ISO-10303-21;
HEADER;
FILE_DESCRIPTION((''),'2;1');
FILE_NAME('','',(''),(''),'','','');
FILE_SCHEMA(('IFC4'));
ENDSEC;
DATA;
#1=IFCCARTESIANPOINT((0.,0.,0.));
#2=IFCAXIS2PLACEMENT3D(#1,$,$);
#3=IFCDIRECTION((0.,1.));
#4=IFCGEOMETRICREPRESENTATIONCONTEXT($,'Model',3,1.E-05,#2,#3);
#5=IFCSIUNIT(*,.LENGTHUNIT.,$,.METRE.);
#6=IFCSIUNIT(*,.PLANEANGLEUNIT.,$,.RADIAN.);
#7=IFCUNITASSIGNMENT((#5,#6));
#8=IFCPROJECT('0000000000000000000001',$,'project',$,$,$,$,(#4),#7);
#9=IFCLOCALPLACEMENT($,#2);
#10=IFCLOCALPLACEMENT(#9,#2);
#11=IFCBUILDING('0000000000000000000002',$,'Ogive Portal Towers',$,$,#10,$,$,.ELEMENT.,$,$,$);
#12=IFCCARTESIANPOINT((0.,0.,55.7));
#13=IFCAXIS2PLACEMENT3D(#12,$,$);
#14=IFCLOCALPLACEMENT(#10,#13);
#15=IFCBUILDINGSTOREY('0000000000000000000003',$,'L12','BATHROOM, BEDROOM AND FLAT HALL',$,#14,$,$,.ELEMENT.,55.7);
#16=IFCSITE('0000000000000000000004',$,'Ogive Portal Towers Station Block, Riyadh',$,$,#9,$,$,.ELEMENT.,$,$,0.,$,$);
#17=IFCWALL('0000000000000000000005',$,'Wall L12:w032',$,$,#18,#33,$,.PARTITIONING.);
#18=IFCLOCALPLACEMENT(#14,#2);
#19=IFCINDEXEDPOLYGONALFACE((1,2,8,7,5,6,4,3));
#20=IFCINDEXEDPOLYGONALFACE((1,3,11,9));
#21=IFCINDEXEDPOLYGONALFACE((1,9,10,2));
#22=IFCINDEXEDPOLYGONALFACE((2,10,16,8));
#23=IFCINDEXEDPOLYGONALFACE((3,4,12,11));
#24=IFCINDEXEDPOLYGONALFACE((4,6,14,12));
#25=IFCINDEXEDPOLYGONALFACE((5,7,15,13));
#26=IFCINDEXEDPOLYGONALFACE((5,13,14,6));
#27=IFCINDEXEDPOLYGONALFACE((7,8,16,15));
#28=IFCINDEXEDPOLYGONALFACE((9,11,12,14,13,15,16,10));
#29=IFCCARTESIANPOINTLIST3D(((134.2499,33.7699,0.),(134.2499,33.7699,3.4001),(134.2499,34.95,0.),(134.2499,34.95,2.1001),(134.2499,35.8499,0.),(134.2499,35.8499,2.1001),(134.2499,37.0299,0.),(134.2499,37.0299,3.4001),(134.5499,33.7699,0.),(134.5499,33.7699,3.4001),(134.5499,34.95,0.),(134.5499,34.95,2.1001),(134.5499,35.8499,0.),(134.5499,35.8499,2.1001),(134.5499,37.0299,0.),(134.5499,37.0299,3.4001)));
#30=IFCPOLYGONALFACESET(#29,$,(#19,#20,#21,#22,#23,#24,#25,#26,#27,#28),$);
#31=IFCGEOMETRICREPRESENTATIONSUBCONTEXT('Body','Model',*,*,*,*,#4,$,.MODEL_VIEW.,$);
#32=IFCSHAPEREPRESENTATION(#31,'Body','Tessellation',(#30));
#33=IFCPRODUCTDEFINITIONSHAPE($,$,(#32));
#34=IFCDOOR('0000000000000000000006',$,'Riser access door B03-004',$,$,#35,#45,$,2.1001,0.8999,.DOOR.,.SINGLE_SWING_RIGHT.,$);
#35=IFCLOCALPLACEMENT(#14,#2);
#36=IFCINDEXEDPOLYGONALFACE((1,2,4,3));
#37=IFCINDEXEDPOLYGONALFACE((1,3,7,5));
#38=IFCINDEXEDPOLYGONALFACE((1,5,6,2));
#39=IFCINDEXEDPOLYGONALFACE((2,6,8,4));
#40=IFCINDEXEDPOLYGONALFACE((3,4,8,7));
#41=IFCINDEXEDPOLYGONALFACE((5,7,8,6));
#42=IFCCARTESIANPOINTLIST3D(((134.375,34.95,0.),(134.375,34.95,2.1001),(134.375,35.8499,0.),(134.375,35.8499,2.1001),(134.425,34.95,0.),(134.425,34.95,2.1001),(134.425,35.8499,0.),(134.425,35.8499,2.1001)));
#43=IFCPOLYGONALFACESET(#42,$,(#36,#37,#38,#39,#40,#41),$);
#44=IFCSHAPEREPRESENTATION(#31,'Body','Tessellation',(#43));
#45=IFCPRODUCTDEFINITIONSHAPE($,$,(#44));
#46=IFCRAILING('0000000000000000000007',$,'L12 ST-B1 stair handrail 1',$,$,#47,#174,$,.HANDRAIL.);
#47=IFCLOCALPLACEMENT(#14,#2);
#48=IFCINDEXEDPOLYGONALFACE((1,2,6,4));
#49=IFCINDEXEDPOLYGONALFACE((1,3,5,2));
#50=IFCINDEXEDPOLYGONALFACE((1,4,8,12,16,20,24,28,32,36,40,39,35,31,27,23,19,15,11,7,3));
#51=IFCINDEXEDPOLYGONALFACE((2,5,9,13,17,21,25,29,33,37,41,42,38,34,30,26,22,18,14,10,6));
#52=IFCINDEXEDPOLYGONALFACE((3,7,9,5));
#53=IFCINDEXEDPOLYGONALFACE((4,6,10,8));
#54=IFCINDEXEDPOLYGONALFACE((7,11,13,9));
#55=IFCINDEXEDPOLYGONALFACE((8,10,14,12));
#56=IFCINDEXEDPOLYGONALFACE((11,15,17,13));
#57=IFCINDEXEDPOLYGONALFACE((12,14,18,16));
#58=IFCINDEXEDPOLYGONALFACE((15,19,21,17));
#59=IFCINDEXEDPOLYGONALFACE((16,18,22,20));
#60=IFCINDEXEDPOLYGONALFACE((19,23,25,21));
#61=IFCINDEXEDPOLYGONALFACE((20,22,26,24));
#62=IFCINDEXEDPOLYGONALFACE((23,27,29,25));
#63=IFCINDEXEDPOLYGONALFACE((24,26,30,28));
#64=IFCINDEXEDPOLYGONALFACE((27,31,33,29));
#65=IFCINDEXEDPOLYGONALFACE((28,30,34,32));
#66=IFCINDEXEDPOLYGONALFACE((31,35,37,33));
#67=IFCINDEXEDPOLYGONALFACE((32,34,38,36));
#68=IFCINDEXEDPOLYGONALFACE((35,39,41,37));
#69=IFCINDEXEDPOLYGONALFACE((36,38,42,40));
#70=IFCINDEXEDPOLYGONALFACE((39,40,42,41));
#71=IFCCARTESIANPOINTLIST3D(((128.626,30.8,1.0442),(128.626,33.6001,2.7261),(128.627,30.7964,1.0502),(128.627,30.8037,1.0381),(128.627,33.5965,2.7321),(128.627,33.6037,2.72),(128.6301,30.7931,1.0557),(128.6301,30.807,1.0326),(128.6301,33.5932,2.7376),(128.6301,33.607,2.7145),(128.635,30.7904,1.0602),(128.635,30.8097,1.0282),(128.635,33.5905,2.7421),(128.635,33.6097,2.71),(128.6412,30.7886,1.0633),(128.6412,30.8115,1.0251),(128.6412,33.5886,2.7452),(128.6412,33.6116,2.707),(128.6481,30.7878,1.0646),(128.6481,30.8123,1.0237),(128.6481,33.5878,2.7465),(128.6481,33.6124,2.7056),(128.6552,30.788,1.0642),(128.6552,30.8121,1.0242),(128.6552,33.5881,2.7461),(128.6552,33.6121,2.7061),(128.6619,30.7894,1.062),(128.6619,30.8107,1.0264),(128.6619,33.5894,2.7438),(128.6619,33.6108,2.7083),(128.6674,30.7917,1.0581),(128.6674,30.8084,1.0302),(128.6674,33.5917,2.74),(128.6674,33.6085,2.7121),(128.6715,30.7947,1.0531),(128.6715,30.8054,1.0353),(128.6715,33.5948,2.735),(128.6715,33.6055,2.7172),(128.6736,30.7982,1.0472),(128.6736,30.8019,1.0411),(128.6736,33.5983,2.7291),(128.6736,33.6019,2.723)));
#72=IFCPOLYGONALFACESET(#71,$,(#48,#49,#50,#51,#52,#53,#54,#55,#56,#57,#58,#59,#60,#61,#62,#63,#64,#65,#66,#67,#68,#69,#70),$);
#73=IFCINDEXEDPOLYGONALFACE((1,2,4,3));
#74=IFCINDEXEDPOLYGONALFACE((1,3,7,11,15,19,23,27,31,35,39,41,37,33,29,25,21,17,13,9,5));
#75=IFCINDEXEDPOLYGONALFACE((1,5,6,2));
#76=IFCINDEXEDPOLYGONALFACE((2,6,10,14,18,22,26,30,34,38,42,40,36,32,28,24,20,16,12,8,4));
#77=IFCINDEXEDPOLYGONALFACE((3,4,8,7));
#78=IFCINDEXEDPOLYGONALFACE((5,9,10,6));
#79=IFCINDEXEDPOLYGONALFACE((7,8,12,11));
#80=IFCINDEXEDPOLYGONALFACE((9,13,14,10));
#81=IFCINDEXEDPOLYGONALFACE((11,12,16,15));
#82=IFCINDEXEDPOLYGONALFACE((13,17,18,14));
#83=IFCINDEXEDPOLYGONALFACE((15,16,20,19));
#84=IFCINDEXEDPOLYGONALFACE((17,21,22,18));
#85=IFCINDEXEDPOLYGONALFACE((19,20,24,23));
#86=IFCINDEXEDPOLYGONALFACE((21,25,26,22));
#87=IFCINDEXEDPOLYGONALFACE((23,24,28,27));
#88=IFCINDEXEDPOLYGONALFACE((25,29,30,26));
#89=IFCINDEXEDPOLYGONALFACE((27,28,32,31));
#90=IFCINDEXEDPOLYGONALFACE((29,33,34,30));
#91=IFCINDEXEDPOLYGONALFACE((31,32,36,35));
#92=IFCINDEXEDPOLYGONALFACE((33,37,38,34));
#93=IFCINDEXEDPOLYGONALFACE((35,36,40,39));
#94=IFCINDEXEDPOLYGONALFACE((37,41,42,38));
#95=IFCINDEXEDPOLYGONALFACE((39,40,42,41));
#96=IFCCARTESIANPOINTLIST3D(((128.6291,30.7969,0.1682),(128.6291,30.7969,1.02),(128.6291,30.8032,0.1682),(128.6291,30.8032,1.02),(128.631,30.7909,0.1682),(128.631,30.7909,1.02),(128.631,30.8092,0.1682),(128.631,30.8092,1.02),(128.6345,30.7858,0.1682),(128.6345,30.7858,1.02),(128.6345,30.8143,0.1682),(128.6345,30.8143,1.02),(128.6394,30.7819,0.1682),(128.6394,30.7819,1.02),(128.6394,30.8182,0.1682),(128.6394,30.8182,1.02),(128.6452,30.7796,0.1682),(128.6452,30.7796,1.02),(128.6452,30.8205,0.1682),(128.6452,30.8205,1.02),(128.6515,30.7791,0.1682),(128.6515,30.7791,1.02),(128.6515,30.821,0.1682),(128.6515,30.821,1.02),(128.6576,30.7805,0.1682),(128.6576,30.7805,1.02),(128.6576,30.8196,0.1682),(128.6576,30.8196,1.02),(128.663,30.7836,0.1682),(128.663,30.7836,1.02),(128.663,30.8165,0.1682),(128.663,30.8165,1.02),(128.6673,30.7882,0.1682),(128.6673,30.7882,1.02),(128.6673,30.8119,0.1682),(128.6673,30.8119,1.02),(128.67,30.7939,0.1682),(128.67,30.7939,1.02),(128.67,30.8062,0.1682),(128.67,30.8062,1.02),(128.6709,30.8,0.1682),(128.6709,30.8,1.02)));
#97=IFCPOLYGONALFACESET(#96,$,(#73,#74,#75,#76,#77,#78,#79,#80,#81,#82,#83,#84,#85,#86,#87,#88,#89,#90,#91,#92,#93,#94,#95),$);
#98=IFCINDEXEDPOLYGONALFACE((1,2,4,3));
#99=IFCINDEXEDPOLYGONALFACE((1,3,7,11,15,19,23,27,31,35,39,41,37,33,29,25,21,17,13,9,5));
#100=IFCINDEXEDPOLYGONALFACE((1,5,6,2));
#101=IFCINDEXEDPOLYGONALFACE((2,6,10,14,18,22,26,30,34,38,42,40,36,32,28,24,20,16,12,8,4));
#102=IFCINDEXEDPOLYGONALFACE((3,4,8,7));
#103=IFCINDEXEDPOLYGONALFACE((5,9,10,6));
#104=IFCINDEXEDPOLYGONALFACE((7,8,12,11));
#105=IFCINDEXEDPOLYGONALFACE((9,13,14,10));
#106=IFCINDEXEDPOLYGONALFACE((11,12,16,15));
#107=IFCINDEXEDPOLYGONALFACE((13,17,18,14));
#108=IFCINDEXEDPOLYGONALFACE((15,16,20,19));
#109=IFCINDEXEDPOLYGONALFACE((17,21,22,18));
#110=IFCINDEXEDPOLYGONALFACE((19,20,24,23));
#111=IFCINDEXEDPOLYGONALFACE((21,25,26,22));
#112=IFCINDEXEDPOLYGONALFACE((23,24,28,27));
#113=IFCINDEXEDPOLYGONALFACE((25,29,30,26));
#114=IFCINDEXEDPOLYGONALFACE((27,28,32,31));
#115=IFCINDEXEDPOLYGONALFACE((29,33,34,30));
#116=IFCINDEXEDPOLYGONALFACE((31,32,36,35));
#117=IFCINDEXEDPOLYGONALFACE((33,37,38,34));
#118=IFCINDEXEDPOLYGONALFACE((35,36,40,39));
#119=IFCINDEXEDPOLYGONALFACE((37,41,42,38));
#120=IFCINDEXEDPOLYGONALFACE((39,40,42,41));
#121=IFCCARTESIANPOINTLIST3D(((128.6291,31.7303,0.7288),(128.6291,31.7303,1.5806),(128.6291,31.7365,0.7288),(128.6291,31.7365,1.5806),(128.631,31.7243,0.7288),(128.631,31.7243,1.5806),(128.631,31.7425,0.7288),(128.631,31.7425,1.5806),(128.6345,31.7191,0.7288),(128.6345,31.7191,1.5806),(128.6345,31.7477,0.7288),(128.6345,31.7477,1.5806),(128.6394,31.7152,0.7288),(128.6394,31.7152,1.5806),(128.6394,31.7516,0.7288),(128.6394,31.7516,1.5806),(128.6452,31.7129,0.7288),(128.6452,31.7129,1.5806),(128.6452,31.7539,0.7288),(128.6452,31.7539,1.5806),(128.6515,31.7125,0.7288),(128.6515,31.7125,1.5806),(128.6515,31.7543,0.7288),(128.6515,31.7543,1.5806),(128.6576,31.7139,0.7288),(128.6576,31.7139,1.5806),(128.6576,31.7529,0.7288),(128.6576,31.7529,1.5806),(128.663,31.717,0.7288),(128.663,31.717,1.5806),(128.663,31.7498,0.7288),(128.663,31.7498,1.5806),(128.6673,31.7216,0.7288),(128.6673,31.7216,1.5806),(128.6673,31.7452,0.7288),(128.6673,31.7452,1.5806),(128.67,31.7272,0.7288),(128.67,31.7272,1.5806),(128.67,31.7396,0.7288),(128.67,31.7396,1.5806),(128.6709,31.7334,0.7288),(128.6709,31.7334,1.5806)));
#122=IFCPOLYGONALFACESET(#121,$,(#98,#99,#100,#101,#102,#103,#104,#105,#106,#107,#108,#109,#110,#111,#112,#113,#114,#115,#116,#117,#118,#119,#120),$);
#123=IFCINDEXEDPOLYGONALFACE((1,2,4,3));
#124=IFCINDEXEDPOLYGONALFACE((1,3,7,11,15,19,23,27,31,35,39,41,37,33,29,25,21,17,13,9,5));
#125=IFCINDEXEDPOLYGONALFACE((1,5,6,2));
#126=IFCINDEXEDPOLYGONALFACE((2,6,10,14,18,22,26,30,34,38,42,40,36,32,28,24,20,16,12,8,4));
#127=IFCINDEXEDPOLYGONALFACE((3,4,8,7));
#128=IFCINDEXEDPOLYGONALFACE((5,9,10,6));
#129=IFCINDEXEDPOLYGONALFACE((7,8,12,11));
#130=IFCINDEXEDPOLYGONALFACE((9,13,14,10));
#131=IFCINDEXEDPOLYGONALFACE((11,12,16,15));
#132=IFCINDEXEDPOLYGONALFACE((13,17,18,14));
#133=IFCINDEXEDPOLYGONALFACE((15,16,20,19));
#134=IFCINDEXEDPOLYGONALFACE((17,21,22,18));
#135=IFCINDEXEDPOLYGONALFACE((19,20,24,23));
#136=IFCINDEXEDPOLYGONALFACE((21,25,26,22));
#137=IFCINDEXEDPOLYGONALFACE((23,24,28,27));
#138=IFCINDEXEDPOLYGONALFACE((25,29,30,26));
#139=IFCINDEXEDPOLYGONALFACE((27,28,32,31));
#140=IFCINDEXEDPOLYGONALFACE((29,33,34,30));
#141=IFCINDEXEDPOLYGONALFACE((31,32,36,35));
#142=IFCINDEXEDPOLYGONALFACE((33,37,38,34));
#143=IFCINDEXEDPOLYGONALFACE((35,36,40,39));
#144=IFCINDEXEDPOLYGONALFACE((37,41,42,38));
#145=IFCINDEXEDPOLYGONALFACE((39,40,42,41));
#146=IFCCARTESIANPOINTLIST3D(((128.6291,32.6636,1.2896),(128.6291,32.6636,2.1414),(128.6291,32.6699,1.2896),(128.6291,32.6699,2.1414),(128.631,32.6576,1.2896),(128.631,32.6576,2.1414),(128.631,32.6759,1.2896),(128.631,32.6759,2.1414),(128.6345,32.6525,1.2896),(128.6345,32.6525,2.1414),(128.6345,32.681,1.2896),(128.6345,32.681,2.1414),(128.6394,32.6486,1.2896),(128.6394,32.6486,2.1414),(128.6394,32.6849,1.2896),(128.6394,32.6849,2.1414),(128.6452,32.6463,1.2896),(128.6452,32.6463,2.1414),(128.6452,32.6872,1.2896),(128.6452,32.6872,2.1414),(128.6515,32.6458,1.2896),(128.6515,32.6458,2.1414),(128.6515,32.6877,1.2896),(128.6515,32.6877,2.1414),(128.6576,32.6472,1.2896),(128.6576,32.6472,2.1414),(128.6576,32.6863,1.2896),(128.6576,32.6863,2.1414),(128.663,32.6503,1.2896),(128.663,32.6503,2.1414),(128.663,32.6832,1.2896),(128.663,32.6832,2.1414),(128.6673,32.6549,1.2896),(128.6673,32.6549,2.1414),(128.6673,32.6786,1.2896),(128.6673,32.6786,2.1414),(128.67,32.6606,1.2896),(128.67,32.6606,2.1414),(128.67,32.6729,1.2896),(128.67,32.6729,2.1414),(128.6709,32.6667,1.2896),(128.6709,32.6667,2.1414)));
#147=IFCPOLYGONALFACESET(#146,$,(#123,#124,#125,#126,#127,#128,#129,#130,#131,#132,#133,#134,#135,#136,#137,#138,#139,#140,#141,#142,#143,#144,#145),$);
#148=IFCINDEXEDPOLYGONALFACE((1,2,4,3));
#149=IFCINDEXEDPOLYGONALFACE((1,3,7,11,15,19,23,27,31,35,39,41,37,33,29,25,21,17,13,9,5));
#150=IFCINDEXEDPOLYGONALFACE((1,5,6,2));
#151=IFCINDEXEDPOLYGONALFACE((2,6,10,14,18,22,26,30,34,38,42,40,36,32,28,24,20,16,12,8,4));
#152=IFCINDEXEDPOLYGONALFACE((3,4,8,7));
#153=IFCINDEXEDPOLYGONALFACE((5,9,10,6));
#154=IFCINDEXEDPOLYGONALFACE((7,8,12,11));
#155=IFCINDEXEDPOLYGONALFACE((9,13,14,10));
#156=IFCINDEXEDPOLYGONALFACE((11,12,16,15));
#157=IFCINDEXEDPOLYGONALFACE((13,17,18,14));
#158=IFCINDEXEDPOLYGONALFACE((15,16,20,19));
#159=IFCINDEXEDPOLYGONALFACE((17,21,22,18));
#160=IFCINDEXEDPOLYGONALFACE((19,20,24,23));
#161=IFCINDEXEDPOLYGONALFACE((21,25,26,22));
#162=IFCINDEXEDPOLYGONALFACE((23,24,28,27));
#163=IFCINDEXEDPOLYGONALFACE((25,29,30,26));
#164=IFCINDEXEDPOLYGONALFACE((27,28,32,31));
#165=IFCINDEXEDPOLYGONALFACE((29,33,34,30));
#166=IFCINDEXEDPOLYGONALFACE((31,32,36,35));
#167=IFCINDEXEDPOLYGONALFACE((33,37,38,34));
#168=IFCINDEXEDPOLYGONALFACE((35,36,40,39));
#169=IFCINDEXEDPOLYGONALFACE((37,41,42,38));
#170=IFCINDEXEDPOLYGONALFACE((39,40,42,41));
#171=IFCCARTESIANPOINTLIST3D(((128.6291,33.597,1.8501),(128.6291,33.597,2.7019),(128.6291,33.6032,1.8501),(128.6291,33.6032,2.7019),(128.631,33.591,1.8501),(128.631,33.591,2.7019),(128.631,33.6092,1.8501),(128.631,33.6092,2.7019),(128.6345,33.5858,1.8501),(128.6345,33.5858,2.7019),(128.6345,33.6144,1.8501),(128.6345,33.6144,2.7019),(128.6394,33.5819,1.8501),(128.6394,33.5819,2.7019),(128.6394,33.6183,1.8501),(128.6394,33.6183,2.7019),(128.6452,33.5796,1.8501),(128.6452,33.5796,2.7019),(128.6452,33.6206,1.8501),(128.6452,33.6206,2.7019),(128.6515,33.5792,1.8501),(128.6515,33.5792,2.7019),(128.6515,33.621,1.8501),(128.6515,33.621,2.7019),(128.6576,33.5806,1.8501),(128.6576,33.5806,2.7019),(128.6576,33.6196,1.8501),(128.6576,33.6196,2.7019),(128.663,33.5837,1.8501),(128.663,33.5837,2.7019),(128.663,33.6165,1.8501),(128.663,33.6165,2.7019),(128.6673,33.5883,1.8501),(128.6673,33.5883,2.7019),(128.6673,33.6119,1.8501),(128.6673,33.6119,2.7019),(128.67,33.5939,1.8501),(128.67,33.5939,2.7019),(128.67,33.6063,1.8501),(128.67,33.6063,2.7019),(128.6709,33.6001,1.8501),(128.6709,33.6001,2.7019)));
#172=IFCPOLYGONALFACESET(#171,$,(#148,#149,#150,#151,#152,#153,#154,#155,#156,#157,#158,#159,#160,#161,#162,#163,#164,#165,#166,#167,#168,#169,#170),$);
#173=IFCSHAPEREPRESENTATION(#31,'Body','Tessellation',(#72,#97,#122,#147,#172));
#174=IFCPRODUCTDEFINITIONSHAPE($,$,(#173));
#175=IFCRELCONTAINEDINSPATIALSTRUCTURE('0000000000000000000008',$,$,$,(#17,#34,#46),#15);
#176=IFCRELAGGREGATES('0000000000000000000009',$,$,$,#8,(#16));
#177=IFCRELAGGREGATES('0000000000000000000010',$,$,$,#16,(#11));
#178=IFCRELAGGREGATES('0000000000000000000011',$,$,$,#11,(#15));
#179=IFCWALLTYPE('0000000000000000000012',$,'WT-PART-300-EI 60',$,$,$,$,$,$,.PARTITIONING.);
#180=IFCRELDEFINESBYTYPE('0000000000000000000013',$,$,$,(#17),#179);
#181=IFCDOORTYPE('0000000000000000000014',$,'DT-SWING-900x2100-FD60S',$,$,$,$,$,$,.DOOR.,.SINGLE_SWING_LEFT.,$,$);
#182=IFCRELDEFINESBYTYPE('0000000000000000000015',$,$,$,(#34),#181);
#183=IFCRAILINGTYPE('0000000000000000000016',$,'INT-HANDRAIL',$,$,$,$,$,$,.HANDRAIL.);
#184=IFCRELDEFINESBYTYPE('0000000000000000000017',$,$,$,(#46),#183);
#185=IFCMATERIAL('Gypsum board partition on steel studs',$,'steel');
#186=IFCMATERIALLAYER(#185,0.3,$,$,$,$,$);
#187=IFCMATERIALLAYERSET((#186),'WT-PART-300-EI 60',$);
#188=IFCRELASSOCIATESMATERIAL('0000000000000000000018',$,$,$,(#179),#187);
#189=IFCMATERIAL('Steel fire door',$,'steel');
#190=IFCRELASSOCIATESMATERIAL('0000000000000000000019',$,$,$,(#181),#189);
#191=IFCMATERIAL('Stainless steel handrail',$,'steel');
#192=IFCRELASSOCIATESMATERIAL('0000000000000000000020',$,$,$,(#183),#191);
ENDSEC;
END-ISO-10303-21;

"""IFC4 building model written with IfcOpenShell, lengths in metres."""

from ifc_helpers import new_model, si_unit, direction, frame, frame_2d, origin, origin_2d, place, context, subcontext, project, spatial, rectangle, circle, extrude, material, layer, layer_set, type_object, element, fill, save


model = new_model("IFC4")

# Units and contexts
model_context = context("Model", 3, precision=1e-05, world=origin(), true_north=direction((0.0, 1.0)))
body_context = subcontext(model_context, "Body", "Model", "MODEL_VIEW")
ifc_project = project(units=[si_unit("LENGTHUNIT", "METRE"), si_unit("PLANEANGLEUNIT", "RADIAN")], contexts=[model_context])

# Site, building, storey
site_placement = place(None, origin())
site = spatial("IfcSite", under=ifc_project, at=site_placement, Name="Ogive Portal Towers Station Block, Riyadh", CompositionType="ELEMENT", RefElevation=0.0)
building_placement = place(site_placement, origin())
building = spatial("IfcBuilding", under=site, at=building_placement, Name="Ogive Portal Towers", CompositionType="ELEMENT")
storey_placement = place(building_placement, frame((0.0, 0.0, 55.7)))
storey = spatial("IfcBuildingStorey", under=building, at=storey_placement, Name="L12", Description="BATHROOM, BEDROOM AND FLAT HALL", CompositionType="ELEMENT", Elevation=55.7)

# Shared definitions
ifc_material_1 = material(Name="Steel fire door", Category="steel")

# Shared definitions
ifc_material_2 = material(Name="Gypsum board partition on steel studs", Category="steel")

# Wall, opening, door
ifc_layer_1 = layer(ifc_material_2, 0.3)
ifc_layer_set_1 = layer_set([ifc_layer_1], Name="WT-PART-300-EI 60")
wall_type_1 = type_object("IfcWallType", Name="WT-PART-300-EI 60", PredefinedType="PARTITIONING", material=ifc_layer_set_1)
wall_1_placement = place(storey_placement, frame((134.3999, 33.77, 0.0), z_axis=(0.0, 0.0, 1.0), x_axis=(0.0, 1.0, 0.0)))
wall_1 = element("IfcWall", 1, at=wall_1_placement, inside=storey, type_object=wall_type_1, Name="Wall L12:w032", PredefinedType="PARTITIONING", context=body_context, shape_type="SweptSolid", body=[
    extrude(rectangle(XDim=3.26, YDim=0.3, at=frame_2d((1.6299, 0.0))), origin(), (0.0, 0.0, 1.0), 3.4001),
])
opening_1_placement = place(wall_1_placement, frame((1.1799, 0.0, 0.0)))
opening_1 = element("IfcOpeningElement", 2, at=opening_1_placement, cuts=wall_1, PredefinedType="OPENING", context=body_context, shape_type="SweptSolid", body=[
    extrude(rectangle(XDim=0.8999, YDim=2.1001, at=frame_2d((0.45, 1.05))), frame((0.0, 0.1602, 0.0), z_axis=(0.0, -1.0, 0.0), x_axis=(1.0, 0.0, 0.0)), (0.0, 0.0, 1.0), 0.3201),
])
door_type_1 = type_object("IfcDoorType", Name="DT-SWING-900x2100-FD60S", OperationType="SINGLE_SWING_LEFT", PredefinedType="DOOR", material=ifc_material_1)
door_1_placement = place(opening_1_placement, origin())
door_1 = element("IfcDoor", 3, at=door_1_placement, inside=storey, type_object=door_type_1, Name="Riser access door B03-004", OperationType="SINGLE_SWING_RIGHT", OverallHeight=2.1001, OverallWidth=0.8999, PredefinedType="DOOR", context=body_context, shape_type="SweptSolid", body=[
    extrude(rectangle(XDim=0.8999, YDim=2.1001, at=frame_2d((0.45, 1.05))), frame((0.0, 0.0249, 0.0), z_axis=(0.0, -1.0, 0.0), x_axis=(1.0, 0.0, 0.0)), (0.0, 0.0, 1.0), 0.05),
])
fill(opening_1, door_1)

# Railing
ifc_material_3 = material(Name="Stainless steel handrail", Category="steel")
railing_type = type_object("IfcRailingType", Name="INT-HANDRAIL", PredefinedType="HANDRAIL", material=ifc_material_3)
railing_placement = place(storey_placement, frame((128.6499, 30.8, 0.1682)))
element("IfcRailing", 4, at=railing_placement, inside=storey, type_object=railing_type, Name="L12 ST-B1 stair handrail 1", PredefinedType="HANDRAIL", context=body_context, shape_type="SweptSolid", body=[
    extrude(circle(Radius=0.0239, at=origin_2d()), frame((0.0, 0.0, 0.876), z_axis=(0.0, 0.857242, 0.514913), x_axis=(-1.0, 0.0, 0.0)), (0.0, 0.0, 1.0), 3.2664),
    extrude(circle(Radius=0.021, at=origin_2d()), origin(), (0.0, 0.0, 1.0), 0.8518),
    extrude(circle(Radius=0.021, at=origin_2d()), frame((0.0, 0.9333, 0.5605)), (0.0, 0.0, 1.0), 0.8518),
    extrude(circle(Radius=0.021, at=origin_2d()), frame((0.0, 1.8667, 1.1213)), (0.0, 0.0, 1.0), 0.8518),
    extrude(circle(Radius=0.021, at=origin_2d()), frame((0.0, 2.8, 1.6819)), (0.0, 0.0, 1.0), 0.8518),
])

save(model, "model.ifc")
